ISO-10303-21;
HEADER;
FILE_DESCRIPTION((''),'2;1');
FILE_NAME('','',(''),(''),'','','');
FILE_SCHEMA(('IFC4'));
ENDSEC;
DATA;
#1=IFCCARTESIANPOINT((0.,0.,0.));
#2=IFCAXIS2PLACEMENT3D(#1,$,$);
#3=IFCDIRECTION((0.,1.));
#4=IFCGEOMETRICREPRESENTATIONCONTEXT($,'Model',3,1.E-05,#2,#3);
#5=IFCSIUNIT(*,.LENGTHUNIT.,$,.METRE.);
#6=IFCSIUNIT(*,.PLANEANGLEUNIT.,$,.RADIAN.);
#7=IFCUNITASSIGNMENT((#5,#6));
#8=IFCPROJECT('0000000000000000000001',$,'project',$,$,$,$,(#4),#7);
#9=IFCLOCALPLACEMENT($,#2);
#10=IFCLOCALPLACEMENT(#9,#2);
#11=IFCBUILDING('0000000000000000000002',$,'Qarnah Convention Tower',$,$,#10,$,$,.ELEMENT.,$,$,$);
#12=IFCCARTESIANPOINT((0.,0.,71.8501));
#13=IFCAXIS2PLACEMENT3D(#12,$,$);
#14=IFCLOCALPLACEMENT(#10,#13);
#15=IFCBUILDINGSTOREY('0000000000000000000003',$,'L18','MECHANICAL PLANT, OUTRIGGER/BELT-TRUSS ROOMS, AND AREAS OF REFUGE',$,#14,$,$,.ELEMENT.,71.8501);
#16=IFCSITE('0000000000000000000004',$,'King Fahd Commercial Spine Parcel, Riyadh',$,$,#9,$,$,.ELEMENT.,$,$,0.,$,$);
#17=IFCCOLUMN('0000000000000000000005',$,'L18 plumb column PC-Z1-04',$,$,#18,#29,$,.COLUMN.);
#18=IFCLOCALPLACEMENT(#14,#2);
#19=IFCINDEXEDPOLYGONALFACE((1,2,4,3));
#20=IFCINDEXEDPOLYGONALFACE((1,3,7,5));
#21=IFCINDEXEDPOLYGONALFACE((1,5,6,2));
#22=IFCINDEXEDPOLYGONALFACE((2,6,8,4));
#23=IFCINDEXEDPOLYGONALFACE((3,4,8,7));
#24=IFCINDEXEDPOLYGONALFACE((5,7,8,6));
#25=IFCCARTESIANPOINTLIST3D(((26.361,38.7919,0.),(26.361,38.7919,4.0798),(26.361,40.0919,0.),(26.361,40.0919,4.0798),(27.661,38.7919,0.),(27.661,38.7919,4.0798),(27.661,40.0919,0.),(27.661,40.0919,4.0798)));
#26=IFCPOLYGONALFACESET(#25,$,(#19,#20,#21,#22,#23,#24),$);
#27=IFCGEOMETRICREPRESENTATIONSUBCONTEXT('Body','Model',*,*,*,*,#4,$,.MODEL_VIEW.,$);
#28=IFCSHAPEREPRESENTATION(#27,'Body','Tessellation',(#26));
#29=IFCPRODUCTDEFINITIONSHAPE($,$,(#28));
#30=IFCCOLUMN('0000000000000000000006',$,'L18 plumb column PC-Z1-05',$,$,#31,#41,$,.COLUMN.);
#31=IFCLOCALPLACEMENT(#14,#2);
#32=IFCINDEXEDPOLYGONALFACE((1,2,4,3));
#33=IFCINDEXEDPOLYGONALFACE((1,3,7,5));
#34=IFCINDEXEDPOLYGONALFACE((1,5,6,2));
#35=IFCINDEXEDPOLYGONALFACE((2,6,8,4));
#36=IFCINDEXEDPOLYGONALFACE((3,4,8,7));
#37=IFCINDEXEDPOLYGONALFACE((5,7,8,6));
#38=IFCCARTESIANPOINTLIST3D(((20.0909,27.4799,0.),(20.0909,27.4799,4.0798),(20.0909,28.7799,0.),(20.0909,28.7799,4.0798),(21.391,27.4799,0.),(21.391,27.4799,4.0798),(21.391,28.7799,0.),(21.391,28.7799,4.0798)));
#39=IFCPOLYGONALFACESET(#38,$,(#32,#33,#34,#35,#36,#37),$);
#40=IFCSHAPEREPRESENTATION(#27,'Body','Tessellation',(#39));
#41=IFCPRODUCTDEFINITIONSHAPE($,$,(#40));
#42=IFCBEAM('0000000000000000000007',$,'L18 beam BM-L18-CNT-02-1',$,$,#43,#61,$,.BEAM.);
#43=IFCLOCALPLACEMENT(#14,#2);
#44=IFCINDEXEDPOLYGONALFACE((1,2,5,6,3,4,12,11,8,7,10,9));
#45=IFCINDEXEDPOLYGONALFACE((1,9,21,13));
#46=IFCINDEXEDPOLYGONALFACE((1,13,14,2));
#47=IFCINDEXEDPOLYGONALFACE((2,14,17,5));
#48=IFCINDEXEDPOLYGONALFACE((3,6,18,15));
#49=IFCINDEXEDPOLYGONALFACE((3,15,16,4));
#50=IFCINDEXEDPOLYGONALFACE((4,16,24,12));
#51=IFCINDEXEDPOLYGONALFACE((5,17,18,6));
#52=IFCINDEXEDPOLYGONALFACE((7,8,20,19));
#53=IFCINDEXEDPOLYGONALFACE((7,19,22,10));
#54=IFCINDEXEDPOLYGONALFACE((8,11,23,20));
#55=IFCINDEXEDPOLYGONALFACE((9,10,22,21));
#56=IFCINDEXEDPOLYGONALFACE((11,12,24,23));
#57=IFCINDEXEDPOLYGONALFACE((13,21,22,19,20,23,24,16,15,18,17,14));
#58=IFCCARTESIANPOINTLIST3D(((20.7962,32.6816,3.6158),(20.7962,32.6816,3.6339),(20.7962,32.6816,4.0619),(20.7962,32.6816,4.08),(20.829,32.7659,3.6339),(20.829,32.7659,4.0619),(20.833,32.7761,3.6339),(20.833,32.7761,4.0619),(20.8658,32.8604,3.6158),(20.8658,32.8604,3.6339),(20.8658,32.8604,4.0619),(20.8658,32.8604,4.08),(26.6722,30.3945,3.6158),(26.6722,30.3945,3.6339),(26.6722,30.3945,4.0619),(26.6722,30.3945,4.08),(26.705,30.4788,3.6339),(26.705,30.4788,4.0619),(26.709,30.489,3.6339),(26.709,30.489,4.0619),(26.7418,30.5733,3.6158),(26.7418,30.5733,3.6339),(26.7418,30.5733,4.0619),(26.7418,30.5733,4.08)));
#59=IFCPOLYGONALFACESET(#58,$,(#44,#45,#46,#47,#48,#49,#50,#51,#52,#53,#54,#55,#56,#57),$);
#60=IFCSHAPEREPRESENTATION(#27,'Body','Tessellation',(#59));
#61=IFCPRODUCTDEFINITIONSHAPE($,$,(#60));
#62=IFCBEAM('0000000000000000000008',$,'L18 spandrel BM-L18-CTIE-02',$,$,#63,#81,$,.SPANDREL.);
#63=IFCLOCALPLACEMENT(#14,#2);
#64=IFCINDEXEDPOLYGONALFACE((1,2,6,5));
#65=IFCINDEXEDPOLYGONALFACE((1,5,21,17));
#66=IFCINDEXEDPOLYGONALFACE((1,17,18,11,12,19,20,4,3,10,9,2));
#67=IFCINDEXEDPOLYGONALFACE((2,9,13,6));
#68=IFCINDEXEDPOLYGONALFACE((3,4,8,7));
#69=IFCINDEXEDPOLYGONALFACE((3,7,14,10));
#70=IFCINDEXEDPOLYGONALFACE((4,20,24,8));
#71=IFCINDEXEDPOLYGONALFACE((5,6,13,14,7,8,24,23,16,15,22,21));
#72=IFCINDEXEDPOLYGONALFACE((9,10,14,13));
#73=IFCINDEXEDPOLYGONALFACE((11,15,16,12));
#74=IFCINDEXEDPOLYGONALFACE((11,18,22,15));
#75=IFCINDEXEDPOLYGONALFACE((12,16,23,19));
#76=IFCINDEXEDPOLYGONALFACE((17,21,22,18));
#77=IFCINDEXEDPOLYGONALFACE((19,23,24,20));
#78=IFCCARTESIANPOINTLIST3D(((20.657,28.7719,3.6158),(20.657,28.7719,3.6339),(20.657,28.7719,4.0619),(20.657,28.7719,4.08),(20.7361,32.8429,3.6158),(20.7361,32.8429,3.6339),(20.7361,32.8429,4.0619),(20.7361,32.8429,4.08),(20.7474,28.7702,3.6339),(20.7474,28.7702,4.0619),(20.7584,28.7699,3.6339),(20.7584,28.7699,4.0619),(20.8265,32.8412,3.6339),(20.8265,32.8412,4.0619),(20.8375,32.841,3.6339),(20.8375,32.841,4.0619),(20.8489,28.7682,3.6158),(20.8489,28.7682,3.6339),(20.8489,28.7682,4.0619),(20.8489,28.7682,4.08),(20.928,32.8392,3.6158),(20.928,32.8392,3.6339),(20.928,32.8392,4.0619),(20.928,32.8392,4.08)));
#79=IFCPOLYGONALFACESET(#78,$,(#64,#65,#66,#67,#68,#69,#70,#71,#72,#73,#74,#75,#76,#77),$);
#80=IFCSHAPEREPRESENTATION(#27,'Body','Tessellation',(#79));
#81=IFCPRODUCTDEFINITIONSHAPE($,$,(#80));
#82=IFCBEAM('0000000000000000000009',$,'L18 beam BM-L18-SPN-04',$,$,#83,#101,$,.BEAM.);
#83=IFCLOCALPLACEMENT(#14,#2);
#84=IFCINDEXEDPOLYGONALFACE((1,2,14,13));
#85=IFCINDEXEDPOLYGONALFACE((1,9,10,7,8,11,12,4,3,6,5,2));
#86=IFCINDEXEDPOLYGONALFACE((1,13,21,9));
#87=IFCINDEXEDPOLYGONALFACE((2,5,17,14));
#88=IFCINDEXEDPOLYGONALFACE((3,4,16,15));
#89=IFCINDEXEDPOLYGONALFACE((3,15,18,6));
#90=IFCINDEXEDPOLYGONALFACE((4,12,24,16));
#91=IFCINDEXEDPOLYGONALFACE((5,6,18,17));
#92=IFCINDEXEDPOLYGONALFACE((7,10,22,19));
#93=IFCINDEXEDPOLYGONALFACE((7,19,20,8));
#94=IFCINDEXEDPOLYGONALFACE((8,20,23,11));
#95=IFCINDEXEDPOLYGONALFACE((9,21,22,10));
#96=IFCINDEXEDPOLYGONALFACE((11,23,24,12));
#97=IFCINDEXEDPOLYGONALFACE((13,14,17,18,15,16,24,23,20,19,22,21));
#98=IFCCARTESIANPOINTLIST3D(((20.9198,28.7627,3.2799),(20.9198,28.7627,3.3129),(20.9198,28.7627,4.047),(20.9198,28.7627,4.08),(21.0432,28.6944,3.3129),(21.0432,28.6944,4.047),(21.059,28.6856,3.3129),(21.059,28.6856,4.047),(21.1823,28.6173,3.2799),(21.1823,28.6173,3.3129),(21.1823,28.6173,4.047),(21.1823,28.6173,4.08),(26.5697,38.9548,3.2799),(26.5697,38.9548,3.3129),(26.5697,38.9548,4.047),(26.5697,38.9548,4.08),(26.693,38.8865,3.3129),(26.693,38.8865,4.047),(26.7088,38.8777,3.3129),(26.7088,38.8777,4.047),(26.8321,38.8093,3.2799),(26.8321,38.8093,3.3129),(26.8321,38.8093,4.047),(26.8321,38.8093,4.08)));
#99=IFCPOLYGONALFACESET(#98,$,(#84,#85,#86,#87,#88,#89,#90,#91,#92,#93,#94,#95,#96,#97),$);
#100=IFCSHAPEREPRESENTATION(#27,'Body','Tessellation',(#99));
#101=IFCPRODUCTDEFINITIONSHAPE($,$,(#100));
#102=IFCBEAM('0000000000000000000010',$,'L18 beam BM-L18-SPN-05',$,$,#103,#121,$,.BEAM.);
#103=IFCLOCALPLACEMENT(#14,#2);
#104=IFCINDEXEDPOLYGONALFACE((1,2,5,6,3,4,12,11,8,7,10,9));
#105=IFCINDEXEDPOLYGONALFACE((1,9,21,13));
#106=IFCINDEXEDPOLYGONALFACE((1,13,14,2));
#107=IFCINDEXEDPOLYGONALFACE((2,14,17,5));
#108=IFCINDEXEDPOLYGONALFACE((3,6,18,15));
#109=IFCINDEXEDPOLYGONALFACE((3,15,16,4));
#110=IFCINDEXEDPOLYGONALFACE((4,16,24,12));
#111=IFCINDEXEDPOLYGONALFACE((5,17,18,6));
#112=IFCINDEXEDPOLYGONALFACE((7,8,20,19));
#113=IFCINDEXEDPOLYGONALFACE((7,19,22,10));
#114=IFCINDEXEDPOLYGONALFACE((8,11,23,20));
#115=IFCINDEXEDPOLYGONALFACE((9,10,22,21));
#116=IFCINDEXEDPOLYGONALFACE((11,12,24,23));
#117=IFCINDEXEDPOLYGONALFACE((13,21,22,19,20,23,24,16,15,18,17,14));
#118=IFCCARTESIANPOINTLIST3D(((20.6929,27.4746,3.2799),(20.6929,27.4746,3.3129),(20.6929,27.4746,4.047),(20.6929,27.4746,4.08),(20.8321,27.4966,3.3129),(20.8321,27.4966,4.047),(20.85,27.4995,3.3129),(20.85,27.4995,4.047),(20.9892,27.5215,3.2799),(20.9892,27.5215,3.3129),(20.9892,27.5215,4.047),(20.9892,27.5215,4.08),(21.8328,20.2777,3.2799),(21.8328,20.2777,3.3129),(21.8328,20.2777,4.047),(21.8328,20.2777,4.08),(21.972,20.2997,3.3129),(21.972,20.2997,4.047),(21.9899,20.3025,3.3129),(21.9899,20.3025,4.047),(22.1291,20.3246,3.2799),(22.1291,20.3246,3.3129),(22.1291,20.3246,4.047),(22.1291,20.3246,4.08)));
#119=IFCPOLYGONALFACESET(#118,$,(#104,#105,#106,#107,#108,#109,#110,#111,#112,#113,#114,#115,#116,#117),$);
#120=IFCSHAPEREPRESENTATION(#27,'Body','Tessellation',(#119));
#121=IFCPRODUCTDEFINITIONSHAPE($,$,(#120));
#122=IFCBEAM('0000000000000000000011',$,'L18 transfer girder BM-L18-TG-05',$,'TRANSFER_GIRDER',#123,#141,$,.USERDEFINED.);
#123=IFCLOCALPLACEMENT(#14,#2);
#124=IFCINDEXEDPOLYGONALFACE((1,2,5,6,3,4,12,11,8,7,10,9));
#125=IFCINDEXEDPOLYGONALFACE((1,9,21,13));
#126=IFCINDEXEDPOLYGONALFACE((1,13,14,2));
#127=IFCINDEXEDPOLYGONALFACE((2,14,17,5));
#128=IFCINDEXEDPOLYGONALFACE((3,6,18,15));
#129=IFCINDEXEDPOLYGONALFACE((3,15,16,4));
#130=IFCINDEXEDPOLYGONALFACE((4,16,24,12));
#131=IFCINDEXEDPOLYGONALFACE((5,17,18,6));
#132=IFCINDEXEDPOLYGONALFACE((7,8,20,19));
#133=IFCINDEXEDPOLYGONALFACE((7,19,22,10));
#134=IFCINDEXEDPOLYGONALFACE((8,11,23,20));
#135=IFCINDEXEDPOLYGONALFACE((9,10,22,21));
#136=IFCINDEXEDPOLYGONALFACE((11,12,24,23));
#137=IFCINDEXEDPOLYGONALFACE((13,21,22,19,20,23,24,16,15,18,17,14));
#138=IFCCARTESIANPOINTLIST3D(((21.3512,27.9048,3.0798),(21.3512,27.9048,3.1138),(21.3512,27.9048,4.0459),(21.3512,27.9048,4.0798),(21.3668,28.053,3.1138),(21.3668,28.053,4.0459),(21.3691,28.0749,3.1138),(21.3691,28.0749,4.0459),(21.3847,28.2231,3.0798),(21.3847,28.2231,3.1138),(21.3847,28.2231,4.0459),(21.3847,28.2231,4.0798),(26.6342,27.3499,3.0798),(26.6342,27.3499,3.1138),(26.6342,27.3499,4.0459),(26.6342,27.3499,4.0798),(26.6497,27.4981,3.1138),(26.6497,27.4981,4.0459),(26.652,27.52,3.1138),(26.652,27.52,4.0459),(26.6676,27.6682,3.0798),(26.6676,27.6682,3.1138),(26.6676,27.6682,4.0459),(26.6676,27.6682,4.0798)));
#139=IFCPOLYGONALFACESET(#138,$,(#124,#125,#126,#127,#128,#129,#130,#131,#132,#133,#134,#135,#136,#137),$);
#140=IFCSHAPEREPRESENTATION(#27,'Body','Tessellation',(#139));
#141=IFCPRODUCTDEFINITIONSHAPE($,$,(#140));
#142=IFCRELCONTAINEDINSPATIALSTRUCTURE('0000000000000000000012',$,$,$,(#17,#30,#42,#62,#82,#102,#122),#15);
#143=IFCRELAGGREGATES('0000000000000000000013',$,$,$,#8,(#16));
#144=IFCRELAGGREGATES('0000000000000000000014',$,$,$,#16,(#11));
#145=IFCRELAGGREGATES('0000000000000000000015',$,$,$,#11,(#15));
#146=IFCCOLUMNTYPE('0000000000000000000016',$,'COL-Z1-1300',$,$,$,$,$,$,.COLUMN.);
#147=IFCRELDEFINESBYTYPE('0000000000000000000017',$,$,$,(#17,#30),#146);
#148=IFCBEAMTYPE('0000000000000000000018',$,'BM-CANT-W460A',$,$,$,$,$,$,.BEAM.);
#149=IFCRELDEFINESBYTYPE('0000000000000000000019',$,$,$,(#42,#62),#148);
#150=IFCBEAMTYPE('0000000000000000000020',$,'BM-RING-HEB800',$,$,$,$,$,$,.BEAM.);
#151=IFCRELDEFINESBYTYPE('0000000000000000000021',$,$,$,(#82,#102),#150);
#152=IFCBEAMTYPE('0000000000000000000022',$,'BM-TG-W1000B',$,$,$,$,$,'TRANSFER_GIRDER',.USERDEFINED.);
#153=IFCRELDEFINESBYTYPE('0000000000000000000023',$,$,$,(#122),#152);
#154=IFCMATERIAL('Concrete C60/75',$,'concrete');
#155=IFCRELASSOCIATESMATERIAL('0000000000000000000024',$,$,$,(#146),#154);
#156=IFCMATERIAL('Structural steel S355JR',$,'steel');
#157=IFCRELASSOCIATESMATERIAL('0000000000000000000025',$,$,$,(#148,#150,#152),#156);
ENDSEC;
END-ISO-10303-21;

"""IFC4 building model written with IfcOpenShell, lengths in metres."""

from ifc_helpers import new_model, si_unit, direction, frame, origin, origin_2d, place, context, subcontext, project, spatial, rectangle, i_section, extrude, material, material_profile, profile_set, type_object, element, save


model = new_model("IFC4")

# Units and contexts
model_context = context("Model", 3, precision=1e-05, world=origin(), true_north=direction((0.0, 1.0)))
body_context = subcontext(model_context, "Body", "Model", "MODEL_VIEW")
ifc_project = project(units=[si_unit("LENGTHUNIT", "METRE"), si_unit("PLANEANGLEUNIT", "RADIAN")], contexts=[model_context])

# Site, building, storey
site_placement = place(None, origin())
site = spatial("IfcSite", under=ifc_project, at=site_placement, Name="King Fahd Commercial Spine Parcel, Riyadh", CompositionType="ELEMENT", RefElevation=0.0)
building_placement = place(site_placement, origin())
building = spatial("IfcBuilding", under=site, at=building_placement, Name="Qarnah Convention Tower", CompositionType="ELEMENT")
storey_placement = place(building_placement, frame((0.0, 0.0, 71.8501)))
storey = spatial("IfcBuildingStorey", under=building, at=storey_placement, Name="L18", Description="MECHANICAL PLANT, OUTRIGGER/BELT-TRUSS ROOMS, AND AREAS OF REFUGE", CompositionType="ELEMENT", Elevation=71.8501)

# Columns
ifc_material_1 = material(Name="Concrete C60/75", Category="concrete")
ifc_material_profile_1 = material_profile(ifc_material_1, rectangle(XDim=1.3, YDim=1.3, at=origin_2d()), Name="RC-COL-1300X1300")
ifc_profile_set_1 = profile_set([ifc_material_profile_1], Name="Concrete C60/75")
column_type = type_object("IfcColumnType", Name="COL-Z1-1300", PredefinedType="COLUMN", material=ifc_profile_set_1)
for number, where, z_axis, x_axis, name in (
    (1, (27.011, 39.4419, 0.0), (0.0, 0.0, 1.0), (1.0, 0.0, 0.0), "L18 plumb column PC-Z1-04"),
    (2, (20.741, 28.1299, 0.0), (0.0, 0.0, 1.0), (1.0, 0.0, 0.0), "L18 plumb column PC-Z1-05"),
):
    element("IfcColumn", number, at=place(storey_placement, frame(where, z_axis=z_axis, x_axis=x_axis)), inside=storey, type_object=column_type, Name=name, PredefinedType="COLUMN", context=body_context, shape_type="SweptSolid", body=[
        extrude(rectangle(XDim=1.3, YDim=1.3, at=origin_2d()), origin(), (0.0, 0.0, 1.0), 4.0798),
    ])

# Beams
ifc_material_2 = material(Name="Structural steel S355JR", Category="steel")
ifc_material_profile_2 = material_profile(ifc_material_2, i_section(OverallWidth=0.1919, OverallDepth=0.4641, WebThickness=0.011, FlangeThickness=0.0181, at=origin_2d()), Name="W460X89")
ifc_profile_set_2 = profile_set([ifc_material_profile_2], Name="Structural steel S355JR")
beam_type_1 = type_object("IfcBeamType", Name="BM-CANT-W460A", PredefinedType="BEAM", material=ifc_profile_set_2)
beam_1_placement = place(storey_placement, frame((26.707, 30.4839, 3.8479), z_axis=(-0.931897, 0.362723, 0.0), x_axis=(-0.362723, -0.931897, 0.0)))
element("IfcBeam", 3, at=beam_1_placement, inside=storey, type_object=beam_type_1, Name="L18 beam BM-L18-CNT-02-1", PredefinedType="BEAM", context=body_context, shape_type="SweptSolid", body=[
    extrude(i_section(OverallWidth=0.1919, OverallDepth=0.4641, WebThickness=0.011, FlangeThickness=0.0181, at=origin_2d()), origin(), (0.0, 0.0, 1.0), 6.3054),
])
beam_2_placement = place(storey_placement, frame((20.832, 32.8411, 3.8479), z_axis=(-0.019427, -0.999811, 0.0), x_axis=(0.999811, -0.019427, 0.0)))
element("IfcBeam", 4, at=beam_2_placement, inside=storey, type_object=beam_type_1, Name="L18 spandrel BM-L18-CTIE-02", PredefinedType="SPANDREL", context=body_context, shape_type="SweptSolid", body=[
    extrude(i_section(OverallWidth=0.1919, OverallDepth=0.4641, WebThickness=0.011, FlangeThickness=0.0181, at=origin_2d()), origin(), (0.0, 0.0, 1.0), 4.0718),
])
ifc_material_profile_3 = material_profile(ifc_material_2, i_section(OverallWidth=0.3, OverallDepth=0.8, WebThickness=0.0181, FlangeThickness=0.033, at=origin_2d()), Name="HEB800")
ifc_profile_set_3 = profile_set([ifc_material_profile_3], Name="Structural steel S355JR")
beam_type_2 = type_object("IfcBeamType", Name="BM-RING-HEB800", PredefinedType="BEAM", material=ifc_profile_set_3)
beam_3_placement = place(storey_placement, frame((26.7009, 38.8821, 3.6799), z_axis=(-0.48483, -0.874609, 0.0), x_axis=(0.874609, -0.48483, 0.0)))
element("IfcBeam", 5, at=beam_3_placement, inside=storey, type_object=beam_type_2, Name="L18 beam BM-L18-SPN-04", PredefinedType="BEAM", context=body_context, shape_type="SweptSolid", body=[
    extrude(i_section(OverallWidth=0.3, OverallDepth=0.8, WebThickness=0.0181, FlangeThickness=0.033, at=origin_2d()), origin(), (0.0, 0.0, 1.0), 11.6533),
])
beam_4_placement = place(storey_placement, frame((20.8411, 27.498, 3.6799), z_axis=(0.156434, -0.987688, 0.0), x_axis=(0.987688, 0.156434, 0.0)))
element("IfcBeam", 6, at=beam_4_placement, inside=storey, type_object=beam_type_2, Name="L18 beam BM-L18-SPN-05", PredefinedType="BEAM", context=body_context, shape_type="SweptSolid", body=[
    extrude(i_section(OverallWidth=0.3, OverallDepth=0.8, WebThickness=0.0181, FlangeThickness=0.033, at=origin_2d()), origin(), (0.0, 0.0, 1.0), 7.2866),
])
ifc_material_profile_4 = material_profile(ifc_material_2, i_section(OverallWidth=0.3201, OverallDepth=1.0, WebThickness=0.022, FlangeThickness=0.0339, at=origin_2d()), Name="W1000X371")
ifc_profile_set_4 = profile_set([ifc_material_profile_4], Name="Structural steel S355JR")
beam_type_3 = type_object("IfcBeamType", Name="BM-TG-W1000B", ElementType="TRANSFER_GIRDER", PredefinedType="USERDEFINED", material=ifc_profile_set_4)
beam_5_placement = place(storey_placement, frame((26.6509, 27.509, 3.5798), z_axis=(-0.994528, 0.104467, 0.0), x_axis=(-0.104467, -0.994528, 0.0)))
element("IfcBeam", 7, at=beam_5_placement, inside=storey, type_object=beam_type_3, Name="L18 transfer girder BM-L18-TG-05", ObjectType="TRANSFER_GIRDER", PredefinedType="USERDEFINED", context=body_context, shape_type="SweptSolid", body=[
    extrude(i_section(OverallWidth=0.3201, OverallDepth=1.0, WebThickness=0.022, FlangeThickness=0.0339, at=origin_2d()), origin(), (0.0, 0.0, 1.0), 5.312),
])

save(model, "model.ifc")
